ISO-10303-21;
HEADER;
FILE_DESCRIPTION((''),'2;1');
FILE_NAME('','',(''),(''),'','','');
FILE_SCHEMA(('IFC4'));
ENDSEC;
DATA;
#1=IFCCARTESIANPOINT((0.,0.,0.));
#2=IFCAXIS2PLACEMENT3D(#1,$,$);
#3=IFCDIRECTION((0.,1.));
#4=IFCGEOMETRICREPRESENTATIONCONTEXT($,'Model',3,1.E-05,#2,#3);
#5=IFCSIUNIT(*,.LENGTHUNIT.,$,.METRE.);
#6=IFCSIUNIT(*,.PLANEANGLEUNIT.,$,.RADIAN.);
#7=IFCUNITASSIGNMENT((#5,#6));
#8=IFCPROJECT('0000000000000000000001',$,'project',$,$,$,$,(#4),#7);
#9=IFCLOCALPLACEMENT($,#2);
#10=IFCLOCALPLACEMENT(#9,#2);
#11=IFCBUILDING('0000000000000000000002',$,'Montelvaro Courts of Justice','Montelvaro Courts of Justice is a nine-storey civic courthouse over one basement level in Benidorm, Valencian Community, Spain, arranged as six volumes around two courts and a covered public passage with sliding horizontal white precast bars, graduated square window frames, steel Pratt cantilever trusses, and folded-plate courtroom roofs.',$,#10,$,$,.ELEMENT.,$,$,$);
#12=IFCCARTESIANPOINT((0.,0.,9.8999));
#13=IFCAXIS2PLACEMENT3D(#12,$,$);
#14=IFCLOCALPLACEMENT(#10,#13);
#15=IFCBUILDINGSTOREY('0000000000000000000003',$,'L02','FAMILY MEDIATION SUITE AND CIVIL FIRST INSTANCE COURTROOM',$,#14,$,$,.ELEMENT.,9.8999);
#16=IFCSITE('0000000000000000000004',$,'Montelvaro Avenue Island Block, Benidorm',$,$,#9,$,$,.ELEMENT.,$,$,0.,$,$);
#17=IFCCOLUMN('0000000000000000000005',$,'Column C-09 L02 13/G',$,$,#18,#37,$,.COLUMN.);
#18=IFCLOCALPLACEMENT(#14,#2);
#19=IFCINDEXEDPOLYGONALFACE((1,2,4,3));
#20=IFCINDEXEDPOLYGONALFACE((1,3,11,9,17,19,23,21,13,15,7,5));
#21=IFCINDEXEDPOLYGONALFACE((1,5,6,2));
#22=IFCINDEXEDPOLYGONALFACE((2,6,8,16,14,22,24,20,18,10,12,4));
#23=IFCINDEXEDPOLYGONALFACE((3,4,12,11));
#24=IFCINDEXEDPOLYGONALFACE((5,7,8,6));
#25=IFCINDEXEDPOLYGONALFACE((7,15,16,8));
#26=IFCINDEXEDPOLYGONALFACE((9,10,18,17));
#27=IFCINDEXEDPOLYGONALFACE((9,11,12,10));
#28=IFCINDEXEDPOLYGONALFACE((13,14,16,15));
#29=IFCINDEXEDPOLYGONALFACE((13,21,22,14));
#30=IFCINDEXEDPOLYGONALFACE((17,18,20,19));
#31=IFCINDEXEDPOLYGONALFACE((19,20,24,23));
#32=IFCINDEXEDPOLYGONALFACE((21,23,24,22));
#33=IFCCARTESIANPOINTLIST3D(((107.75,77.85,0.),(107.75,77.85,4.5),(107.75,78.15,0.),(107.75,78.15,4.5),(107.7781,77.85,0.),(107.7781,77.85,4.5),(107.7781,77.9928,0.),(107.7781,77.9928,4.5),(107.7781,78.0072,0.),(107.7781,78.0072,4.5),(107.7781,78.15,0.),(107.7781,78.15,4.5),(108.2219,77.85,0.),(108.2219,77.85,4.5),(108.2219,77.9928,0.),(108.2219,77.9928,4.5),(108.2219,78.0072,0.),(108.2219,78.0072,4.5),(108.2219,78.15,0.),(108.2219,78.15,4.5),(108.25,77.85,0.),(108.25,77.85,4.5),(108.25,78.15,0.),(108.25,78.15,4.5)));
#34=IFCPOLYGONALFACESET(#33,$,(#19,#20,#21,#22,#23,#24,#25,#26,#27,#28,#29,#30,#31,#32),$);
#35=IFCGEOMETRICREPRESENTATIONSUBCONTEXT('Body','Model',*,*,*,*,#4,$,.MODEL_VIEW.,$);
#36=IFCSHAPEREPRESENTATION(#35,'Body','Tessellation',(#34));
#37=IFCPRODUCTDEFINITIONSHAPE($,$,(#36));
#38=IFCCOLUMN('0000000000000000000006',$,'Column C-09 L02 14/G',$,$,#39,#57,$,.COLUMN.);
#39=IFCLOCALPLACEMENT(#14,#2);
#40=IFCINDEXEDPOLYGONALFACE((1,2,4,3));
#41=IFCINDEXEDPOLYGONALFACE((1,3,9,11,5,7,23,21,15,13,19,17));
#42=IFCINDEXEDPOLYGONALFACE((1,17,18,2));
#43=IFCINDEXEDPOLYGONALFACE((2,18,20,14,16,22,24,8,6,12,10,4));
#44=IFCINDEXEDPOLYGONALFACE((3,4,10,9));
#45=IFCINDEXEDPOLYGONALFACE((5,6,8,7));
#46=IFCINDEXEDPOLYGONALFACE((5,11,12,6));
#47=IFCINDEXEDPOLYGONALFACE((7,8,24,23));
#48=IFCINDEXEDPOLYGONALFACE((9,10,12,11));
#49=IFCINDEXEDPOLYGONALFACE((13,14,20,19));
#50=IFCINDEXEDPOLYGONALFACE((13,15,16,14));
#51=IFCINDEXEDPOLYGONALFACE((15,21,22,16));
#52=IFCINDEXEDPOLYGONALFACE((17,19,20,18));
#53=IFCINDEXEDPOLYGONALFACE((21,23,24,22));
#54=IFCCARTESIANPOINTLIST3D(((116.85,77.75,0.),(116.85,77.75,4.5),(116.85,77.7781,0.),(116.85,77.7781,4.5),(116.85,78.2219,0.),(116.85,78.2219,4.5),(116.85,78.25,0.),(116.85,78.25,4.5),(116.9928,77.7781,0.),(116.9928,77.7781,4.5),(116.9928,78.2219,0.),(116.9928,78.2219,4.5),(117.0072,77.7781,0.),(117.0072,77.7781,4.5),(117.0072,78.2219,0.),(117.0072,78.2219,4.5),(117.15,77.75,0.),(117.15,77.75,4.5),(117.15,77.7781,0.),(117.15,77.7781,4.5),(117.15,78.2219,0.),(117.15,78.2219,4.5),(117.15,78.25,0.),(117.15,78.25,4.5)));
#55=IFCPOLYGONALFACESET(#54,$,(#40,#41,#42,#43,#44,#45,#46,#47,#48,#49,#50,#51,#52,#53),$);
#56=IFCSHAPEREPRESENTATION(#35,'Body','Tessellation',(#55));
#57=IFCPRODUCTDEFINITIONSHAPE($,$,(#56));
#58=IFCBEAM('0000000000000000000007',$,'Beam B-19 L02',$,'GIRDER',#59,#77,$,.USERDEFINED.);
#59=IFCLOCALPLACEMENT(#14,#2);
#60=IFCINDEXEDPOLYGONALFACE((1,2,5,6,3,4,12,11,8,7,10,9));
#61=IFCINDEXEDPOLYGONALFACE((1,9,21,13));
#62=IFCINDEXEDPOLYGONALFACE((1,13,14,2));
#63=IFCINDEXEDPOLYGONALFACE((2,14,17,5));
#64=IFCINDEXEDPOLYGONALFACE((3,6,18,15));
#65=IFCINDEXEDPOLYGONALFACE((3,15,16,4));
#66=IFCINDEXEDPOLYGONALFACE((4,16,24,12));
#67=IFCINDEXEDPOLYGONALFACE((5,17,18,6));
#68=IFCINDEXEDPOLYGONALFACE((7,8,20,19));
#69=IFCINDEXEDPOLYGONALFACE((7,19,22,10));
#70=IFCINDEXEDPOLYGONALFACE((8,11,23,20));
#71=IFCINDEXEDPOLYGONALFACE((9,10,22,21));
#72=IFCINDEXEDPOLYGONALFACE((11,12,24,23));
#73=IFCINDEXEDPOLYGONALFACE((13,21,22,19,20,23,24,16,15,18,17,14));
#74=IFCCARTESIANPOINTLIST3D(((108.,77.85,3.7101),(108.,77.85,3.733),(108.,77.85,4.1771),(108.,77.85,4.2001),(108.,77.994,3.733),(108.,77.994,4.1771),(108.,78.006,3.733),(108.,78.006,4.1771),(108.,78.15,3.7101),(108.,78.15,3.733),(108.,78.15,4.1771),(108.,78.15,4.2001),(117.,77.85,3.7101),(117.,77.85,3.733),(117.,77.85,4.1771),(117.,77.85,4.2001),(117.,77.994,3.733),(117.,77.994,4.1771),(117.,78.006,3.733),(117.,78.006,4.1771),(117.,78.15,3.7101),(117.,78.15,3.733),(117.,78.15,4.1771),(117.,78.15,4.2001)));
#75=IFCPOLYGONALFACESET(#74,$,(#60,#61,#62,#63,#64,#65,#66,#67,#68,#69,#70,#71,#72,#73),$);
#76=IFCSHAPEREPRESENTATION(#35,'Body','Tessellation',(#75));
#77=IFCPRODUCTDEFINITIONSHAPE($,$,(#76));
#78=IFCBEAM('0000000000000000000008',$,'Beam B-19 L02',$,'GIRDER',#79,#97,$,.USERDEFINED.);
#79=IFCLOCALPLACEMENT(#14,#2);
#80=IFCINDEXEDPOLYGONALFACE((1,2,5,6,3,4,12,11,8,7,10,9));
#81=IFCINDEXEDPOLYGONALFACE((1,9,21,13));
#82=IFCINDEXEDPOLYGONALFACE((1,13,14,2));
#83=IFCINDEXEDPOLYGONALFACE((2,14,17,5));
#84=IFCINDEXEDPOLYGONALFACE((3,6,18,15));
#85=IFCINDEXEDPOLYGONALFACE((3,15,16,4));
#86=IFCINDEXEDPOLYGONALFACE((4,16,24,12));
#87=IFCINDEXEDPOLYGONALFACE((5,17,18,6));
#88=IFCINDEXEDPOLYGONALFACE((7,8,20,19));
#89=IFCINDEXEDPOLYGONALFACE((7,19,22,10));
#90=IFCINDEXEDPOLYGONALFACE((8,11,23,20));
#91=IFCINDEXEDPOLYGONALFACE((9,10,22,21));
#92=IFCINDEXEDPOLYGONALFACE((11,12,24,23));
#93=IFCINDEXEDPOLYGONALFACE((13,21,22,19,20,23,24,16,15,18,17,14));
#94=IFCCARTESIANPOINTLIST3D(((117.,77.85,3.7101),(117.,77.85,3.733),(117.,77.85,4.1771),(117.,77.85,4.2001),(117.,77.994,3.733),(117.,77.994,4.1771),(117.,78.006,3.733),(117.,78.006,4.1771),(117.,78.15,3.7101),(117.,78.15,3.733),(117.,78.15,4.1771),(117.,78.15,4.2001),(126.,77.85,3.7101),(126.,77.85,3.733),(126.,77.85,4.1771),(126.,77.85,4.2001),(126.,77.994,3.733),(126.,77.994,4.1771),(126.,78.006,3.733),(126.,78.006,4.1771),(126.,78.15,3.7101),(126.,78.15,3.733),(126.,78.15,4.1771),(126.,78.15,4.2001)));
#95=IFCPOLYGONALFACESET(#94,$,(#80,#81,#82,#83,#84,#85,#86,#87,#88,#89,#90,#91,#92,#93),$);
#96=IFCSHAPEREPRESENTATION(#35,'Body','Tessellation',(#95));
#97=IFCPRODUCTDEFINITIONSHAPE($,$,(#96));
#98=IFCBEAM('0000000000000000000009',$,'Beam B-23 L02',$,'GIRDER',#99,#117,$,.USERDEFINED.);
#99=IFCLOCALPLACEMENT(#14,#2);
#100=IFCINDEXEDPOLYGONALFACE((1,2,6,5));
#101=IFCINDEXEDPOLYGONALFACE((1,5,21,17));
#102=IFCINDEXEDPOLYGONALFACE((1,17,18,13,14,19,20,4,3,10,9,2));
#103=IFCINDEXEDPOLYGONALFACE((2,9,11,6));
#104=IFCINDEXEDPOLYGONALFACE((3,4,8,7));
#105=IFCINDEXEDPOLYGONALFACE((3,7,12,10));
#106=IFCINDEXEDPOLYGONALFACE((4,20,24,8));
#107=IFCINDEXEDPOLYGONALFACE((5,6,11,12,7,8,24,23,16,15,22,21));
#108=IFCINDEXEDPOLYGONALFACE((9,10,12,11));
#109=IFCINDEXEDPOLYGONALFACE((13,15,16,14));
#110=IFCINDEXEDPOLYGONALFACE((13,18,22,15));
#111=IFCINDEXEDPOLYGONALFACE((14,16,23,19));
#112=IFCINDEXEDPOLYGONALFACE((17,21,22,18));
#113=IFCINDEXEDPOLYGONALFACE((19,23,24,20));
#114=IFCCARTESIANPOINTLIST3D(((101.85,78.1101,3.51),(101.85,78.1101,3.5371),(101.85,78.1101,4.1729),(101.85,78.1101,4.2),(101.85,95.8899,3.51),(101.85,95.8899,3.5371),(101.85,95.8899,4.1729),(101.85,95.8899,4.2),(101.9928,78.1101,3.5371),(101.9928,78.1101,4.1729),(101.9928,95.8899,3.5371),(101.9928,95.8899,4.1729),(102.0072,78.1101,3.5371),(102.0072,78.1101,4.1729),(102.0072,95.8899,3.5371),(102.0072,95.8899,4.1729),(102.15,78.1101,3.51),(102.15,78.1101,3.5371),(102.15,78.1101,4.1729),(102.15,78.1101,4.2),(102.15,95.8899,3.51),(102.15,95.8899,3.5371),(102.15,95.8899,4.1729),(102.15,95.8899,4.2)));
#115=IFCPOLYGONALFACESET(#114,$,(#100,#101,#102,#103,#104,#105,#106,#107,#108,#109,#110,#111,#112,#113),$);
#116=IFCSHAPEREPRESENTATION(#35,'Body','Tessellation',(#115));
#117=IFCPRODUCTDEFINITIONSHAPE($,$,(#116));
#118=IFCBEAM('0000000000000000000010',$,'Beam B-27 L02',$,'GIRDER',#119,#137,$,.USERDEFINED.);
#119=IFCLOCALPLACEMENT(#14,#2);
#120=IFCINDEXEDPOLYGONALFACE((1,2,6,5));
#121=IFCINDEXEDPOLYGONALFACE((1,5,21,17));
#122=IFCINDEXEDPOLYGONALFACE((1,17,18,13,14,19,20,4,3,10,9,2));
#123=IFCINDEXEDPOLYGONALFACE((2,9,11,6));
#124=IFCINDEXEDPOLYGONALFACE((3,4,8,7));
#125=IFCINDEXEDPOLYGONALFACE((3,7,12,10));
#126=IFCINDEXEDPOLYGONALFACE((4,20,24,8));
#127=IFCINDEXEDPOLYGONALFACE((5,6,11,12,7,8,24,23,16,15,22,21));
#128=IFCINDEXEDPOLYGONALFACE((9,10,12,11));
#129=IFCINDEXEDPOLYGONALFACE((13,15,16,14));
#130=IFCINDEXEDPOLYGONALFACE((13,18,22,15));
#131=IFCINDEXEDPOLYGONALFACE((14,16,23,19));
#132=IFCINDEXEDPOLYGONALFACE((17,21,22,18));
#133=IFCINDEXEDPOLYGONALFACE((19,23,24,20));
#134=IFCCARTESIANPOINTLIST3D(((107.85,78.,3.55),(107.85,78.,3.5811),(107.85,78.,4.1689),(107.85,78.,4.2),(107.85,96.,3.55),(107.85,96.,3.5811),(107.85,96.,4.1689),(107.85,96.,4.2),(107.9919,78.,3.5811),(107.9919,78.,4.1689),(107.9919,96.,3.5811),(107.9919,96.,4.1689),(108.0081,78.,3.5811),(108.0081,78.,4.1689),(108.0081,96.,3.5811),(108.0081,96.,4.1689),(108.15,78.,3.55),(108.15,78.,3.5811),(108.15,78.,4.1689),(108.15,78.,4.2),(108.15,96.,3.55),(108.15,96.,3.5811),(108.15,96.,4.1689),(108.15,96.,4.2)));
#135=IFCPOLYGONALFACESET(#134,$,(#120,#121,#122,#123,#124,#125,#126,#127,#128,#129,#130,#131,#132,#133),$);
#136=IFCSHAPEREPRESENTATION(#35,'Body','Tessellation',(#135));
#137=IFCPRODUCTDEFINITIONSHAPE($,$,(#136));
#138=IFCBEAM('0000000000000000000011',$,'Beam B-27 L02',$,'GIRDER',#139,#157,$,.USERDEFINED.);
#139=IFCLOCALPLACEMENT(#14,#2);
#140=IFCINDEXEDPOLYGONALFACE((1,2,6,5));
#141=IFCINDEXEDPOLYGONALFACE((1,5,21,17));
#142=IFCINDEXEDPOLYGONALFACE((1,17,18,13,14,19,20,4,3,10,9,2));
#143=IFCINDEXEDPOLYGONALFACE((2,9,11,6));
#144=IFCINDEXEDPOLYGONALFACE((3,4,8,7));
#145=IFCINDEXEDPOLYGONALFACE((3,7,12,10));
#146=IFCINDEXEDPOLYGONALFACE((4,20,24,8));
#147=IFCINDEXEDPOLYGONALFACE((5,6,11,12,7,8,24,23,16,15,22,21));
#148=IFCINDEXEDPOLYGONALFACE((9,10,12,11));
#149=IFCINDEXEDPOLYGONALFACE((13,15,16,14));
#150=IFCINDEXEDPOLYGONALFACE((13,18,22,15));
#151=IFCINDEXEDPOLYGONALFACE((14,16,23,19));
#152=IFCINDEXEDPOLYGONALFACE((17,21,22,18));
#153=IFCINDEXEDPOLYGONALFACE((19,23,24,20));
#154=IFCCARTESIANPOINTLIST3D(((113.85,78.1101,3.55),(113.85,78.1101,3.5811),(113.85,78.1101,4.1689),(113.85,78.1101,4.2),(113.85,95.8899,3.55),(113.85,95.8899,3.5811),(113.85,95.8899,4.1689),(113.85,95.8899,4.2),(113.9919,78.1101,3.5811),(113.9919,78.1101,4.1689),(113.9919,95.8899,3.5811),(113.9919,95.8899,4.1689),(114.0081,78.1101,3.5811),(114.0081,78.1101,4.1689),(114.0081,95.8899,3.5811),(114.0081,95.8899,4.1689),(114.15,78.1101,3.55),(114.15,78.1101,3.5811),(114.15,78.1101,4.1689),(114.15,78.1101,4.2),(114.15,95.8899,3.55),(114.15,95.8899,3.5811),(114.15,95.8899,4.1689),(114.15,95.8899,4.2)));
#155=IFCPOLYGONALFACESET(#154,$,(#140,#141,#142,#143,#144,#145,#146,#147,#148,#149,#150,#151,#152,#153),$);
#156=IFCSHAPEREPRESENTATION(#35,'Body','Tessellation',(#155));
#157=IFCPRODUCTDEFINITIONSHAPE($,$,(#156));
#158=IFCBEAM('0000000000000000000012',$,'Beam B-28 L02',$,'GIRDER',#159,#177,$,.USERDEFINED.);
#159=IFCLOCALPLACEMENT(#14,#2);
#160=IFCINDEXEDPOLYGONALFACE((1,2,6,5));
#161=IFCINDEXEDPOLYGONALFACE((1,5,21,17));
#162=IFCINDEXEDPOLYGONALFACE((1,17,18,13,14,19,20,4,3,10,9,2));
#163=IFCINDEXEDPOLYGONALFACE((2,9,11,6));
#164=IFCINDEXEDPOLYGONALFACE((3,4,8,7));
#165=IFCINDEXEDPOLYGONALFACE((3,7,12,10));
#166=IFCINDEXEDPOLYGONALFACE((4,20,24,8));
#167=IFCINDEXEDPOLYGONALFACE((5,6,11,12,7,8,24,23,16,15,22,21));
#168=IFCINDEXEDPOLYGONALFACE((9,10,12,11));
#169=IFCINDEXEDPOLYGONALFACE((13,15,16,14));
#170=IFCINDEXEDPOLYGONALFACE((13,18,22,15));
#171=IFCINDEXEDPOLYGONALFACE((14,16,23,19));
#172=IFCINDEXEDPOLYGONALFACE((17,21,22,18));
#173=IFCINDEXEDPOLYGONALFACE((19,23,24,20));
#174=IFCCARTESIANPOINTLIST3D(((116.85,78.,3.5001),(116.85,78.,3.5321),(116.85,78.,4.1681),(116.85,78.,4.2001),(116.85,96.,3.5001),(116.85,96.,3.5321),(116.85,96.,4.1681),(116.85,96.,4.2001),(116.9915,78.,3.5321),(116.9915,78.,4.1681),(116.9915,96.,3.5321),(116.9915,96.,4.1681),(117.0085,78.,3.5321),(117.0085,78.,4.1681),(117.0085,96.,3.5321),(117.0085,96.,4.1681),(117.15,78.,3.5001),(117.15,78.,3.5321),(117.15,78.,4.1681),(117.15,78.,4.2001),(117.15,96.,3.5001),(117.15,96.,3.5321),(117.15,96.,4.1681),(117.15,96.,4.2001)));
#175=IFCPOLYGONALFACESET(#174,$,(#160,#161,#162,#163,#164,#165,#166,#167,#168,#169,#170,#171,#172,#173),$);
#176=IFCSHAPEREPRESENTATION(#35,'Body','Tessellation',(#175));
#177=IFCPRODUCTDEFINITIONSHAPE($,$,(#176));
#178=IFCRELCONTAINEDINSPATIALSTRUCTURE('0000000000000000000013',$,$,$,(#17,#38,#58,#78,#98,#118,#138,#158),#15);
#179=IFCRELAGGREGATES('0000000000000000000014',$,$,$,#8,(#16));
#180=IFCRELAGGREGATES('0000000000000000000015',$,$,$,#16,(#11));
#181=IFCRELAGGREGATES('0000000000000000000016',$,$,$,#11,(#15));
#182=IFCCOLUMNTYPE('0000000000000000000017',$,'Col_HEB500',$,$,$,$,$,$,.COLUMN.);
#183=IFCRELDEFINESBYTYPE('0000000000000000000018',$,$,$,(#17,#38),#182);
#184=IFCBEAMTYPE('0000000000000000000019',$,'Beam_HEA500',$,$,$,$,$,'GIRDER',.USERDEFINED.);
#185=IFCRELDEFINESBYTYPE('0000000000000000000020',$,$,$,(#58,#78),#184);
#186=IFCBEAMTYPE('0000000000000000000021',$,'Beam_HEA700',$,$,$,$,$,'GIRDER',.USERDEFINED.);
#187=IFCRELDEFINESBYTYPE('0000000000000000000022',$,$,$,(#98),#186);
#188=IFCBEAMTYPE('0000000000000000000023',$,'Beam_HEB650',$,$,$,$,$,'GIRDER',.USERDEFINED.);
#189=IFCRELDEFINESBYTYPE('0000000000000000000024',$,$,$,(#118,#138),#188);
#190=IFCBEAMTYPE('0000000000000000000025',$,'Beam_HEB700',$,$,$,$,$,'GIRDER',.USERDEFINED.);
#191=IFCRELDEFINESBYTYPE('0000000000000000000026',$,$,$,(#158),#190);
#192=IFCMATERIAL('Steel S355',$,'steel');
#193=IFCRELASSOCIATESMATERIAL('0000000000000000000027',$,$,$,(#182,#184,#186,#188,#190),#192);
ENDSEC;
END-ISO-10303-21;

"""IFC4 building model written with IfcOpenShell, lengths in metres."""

from ifc_helpers import new_model, si_unit, direction, frame, origin, origin_2d, place, context, subcontext, project, spatial, i_section, extrude, material, material_profile, profile_set, type_object, element, save


model = new_model("IFC4")

# Units and contexts
model_context = context("Model", 3, precision=1e-05, world=origin(), true_north=direction((0.0, 1.0)))
body_context = subcontext(model_context, "Body", "Model", "MODEL_VIEW")
ifc_project = project(units=[si_unit("LENGTHUNIT", "METRE"), si_unit("PLANEANGLEUNIT", "RADIAN")], contexts=[model_context])

# Site, building, storey
site_placement = place(None, origin())
site = spatial("IfcSite", under=ifc_project, at=site_placement, Name="Montelvaro Avenue Island Block, Benidorm", CompositionType="ELEMENT", RefElevation=0.0)
building_placement = place(site_placement, origin())
building = spatial("IfcBuilding", under=site, at=building_placement, Name="Montelvaro Courts of Justice", Description="Montelvaro Courts of Justice is a nine-storey civic courthouse over one basement level in Benidorm, Valencian Community, Spain, arranged as six volumes around two courts and a covered public passage with sliding horizontal white precast bars, graduated square window frames, steel Pratt cantilever trusses, and folded-plate courtroom roofs.", CompositionType="ELEMENT")
storey_placement = place(building_placement, frame((0.0, 0.0, 9.8999)))
storey = spatial("IfcBuildingStorey", under=building, at=storey_placement, Name="L02", Description="FAMILY MEDIATION SUITE AND CIVIL FIRST INSTANCE COURTROOM", CompositionType="ELEMENT", Elevation=9.8999)

# Columns
ifc_material_1 = material(Name="Steel S355", Category="steel")
ifc_material_profile_1 = material_profile(ifc_material_1, i_section(OverallWidth=0.3, OverallDepth=0.5, WebThickness=0.0144, FlangeThickness=0.0281, at=origin_2d()), Name="HEB 500")
ifc_profile_set_1 = profile_set([ifc_material_profile_1], Name="Steel S355")
column_type = type_object("IfcColumnType", Name="Col_HEB500", PredefinedType="COLUMN", material=ifc_profile_set_1)
for number, where, z_axis, x_axis, name in (
    (1, (108.0, 78.0, 0.0), (0.0, 0.0, 1.0), (0.0, 1.0, 0.0), "Column C-09 L02 13/G"),
    (2, (117.0, 78.0, 0.0), (0.0, 0.0, 1.0), (1.0, 0.0, 0.0), "Column C-09 L02 14/G"),
):
    element("IfcColumn", number, at=place(storey_placement, frame(where, z_axis=z_axis, x_axis=x_axis)), inside=storey, type_object=column_type, Name=name, PredefinedType="COLUMN", context=body_context, shape_type="SweptSolid", body=[
        extrude(i_section(OverallWidth=0.3, OverallDepth=0.5, WebThickness=0.0144, FlangeThickness=0.0281, at=origin_2d()), origin(), (0.0, 0.0, 1.0), 4.5),
    ])

# Beams
ifc_material_profile_2 = material_profile(ifc_material_1, i_section(OverallWidth=0.3, OverallDepth=0.49, WebThickness=0.012, FlangeThickness=0.0229, at=origin_2d()), Name="HEA 500")
ifc_profile_set_2 = profile_set([ifc_material_profile_2], Name="Steel S355")
beam_type_1 = type_object("IfcBeamType", Name="Beam_HEA500", ElementType="GIRDER", PredefinedType="USERDEFINED", material=ifc_profile_set_2)
for number, where, z_axis, x_axis, name in (
    (3, (108.0, 78.0, 3.9551), (1.0, 0.0, 0.0), (0.0, 1.0, 0.0), "Beam B-19 L02"),
    (4, (117.0, 78.0, 3.9551), (1.0, 0.0, 0.0), (0.0, 1.0, 0.0), "Beam B-19 L02"),
):
    element("IfcBeam", number, at=place(storey_placement, frame(where, z_axis=z_axis, x_axis=x_axis)), inside=storey, type_object=beam_type_1, Name=name, ObjectType="GIRDER", PredefinedType="USERDEFINED", context=body_context, shape_type="SweptSolid", body=[
        extrude(i_section(OverallWidth=0.3, OverallDepth=0.49, WebThickness=0.012, FlangeThickness=0.0229, at=origin_2d()), origin(), (0.0, 0.0, 1.0), 9.0),
    ])
ifc_material_profile_3 = material_profile(ifc_material_1, i_section(OverallWidth=0.3, OverallDepth=0.6899, WebThickness=0.0144, FlangeThickness=0.0271, at=origin_2d()), Name="HEA 700")
ifc_profile_set_3 = profile_set([ifc_material_profile_3], Name="Steel S355")
beam_type_2 = type_object("IfcBeamType", Name="Beam_HEA700", ElementType="GIRDER", PredefinedType="USERDEFINED", material=ifc_profile_set_3)
beam_1_placement = place(storey_placement, frame((102.0, 78.1101, 3.855), z_axis=(0.0, 1.0, 0.0), x_axis=(-1.0, 0.0, 0.0)))
element("IfcBeam", 5, at=beam_1_placement, inside=storey, type_object=beam_type_2, Name="Beam B-23 L02", ObjectType="GIRDER", PredefinedType="USERDEFINED", context=body_context, shape_type="SweptSolid", body=[
    extrude(i_section(OverallWidth=0.3, OverallDepth=0.6899, WebThickness=0.0144, FlangeThickness=0.0271, at=origin_2d()), origin(), (0.0, 0.0, 1.0), 17.7798),
])
ifc_material_profile_4 = material_profile(ifc_material_1, i_section(OverallWidth=0.3, OverallDepth=0.6499, WebThickness=0.0161, FlangeThickness=0.031, at=origin_2d()), Name="HEB 650")
ifc_profile_set_4 = profile_set([ifc_material_profile_4], Name="Steel S355")
beam_type_3 = type_object("IfcBeamType", Name="Beam_HEB650", ElementType="GIRDER", PredefinedType="USERDEFINED", material=ifc_profile_set_4)
beam_2_placement = place(storey_placement, frame((108.0, 78.0, 3.875), z_axis=(0.0, 1.0, 0.0), x_axis=(-1.0, 0.0, 0.0)))
element("IfcBeam", 6, at=beam_2_placement, inside=storey, type_object=beam_type_3, Name="Beam B-27 L02", ObjectType="GIRDER", PredefinedType="USERDEFINED", context=body_context, shape_type="SweptSolid", body=[
    extrude(i_section(OverallWidth=0.3, OverallDepth=0.6499, WebThickness=0.0161, FlangeThickness=0.031, at=origin_2d()), origin(), (0.0, 0.0, 1.0), 18.0),
])
beam_3_placement = place(storey_placement, frame((114.0, 78.1101, 3.875), z_axis=(0.0, 1.0, 0.0), x_axis=(-1.0, 0.0, 0.0)))
element("IfcBeam", 7, at=beam_3_placement, inside=storey, type_object=beam_type_3, Name="Beam B-27 L02", ObjectType="GIRDER", PredefinedType="USERDEFINED", context=body_context, shape_type="SweptSolid", body=[
    extrude(i_section(OverallWidth=0.3, OverallDepth=0.6499, WebThickness=0.0161, FlangeThickness=0.031, at=origin_2d()), origin(), (0.0, 0.0, 1.0), 17.7798),
])
ifc_material_profile_5 = material_profile(ifc_material_1, i_section(OverallWidth=0.3, OverallDepth=0.7, WebThickness=0.0171, FlangeThickness=0.032, at=origin_2d()), Name="HEB 700")
ifc_profile_set_5 = profile_set([ifc_material_profile_5], Name="Steel S355")
beam_type_4 = type_object("IfcBeamType", Name="Beam_HEB700", ElementType="GIRDER", PredefinedType="USERDEFINED", material=ifc_profile_set_5)
beam_4_placement = place(storey_placement, frame((117.0, 78.0, 3.8501), z_axis=(0.0, 1.0, 0.0), x_axis=(-1.0, 0.0, 0.0)))
element("IfcBeam", 8, at=beam_4_placement, inside=storey, type_object=beam_type_4, Name="Beam B-28 L02", ObjectType="GIRDER", PredefinedType="USERDEFINED", context=body_context, shape_type="SweptSolid", body=[
    extrude(i_section(OverallWidth=0.3, OverallDepth=0.7, WebThickness=0.0171, FlangeThickness=0.032, at=origin_2d()), origin(), (0.0, 0.0, 1.0), 18.0),
])

save(model, "model.ifc")
